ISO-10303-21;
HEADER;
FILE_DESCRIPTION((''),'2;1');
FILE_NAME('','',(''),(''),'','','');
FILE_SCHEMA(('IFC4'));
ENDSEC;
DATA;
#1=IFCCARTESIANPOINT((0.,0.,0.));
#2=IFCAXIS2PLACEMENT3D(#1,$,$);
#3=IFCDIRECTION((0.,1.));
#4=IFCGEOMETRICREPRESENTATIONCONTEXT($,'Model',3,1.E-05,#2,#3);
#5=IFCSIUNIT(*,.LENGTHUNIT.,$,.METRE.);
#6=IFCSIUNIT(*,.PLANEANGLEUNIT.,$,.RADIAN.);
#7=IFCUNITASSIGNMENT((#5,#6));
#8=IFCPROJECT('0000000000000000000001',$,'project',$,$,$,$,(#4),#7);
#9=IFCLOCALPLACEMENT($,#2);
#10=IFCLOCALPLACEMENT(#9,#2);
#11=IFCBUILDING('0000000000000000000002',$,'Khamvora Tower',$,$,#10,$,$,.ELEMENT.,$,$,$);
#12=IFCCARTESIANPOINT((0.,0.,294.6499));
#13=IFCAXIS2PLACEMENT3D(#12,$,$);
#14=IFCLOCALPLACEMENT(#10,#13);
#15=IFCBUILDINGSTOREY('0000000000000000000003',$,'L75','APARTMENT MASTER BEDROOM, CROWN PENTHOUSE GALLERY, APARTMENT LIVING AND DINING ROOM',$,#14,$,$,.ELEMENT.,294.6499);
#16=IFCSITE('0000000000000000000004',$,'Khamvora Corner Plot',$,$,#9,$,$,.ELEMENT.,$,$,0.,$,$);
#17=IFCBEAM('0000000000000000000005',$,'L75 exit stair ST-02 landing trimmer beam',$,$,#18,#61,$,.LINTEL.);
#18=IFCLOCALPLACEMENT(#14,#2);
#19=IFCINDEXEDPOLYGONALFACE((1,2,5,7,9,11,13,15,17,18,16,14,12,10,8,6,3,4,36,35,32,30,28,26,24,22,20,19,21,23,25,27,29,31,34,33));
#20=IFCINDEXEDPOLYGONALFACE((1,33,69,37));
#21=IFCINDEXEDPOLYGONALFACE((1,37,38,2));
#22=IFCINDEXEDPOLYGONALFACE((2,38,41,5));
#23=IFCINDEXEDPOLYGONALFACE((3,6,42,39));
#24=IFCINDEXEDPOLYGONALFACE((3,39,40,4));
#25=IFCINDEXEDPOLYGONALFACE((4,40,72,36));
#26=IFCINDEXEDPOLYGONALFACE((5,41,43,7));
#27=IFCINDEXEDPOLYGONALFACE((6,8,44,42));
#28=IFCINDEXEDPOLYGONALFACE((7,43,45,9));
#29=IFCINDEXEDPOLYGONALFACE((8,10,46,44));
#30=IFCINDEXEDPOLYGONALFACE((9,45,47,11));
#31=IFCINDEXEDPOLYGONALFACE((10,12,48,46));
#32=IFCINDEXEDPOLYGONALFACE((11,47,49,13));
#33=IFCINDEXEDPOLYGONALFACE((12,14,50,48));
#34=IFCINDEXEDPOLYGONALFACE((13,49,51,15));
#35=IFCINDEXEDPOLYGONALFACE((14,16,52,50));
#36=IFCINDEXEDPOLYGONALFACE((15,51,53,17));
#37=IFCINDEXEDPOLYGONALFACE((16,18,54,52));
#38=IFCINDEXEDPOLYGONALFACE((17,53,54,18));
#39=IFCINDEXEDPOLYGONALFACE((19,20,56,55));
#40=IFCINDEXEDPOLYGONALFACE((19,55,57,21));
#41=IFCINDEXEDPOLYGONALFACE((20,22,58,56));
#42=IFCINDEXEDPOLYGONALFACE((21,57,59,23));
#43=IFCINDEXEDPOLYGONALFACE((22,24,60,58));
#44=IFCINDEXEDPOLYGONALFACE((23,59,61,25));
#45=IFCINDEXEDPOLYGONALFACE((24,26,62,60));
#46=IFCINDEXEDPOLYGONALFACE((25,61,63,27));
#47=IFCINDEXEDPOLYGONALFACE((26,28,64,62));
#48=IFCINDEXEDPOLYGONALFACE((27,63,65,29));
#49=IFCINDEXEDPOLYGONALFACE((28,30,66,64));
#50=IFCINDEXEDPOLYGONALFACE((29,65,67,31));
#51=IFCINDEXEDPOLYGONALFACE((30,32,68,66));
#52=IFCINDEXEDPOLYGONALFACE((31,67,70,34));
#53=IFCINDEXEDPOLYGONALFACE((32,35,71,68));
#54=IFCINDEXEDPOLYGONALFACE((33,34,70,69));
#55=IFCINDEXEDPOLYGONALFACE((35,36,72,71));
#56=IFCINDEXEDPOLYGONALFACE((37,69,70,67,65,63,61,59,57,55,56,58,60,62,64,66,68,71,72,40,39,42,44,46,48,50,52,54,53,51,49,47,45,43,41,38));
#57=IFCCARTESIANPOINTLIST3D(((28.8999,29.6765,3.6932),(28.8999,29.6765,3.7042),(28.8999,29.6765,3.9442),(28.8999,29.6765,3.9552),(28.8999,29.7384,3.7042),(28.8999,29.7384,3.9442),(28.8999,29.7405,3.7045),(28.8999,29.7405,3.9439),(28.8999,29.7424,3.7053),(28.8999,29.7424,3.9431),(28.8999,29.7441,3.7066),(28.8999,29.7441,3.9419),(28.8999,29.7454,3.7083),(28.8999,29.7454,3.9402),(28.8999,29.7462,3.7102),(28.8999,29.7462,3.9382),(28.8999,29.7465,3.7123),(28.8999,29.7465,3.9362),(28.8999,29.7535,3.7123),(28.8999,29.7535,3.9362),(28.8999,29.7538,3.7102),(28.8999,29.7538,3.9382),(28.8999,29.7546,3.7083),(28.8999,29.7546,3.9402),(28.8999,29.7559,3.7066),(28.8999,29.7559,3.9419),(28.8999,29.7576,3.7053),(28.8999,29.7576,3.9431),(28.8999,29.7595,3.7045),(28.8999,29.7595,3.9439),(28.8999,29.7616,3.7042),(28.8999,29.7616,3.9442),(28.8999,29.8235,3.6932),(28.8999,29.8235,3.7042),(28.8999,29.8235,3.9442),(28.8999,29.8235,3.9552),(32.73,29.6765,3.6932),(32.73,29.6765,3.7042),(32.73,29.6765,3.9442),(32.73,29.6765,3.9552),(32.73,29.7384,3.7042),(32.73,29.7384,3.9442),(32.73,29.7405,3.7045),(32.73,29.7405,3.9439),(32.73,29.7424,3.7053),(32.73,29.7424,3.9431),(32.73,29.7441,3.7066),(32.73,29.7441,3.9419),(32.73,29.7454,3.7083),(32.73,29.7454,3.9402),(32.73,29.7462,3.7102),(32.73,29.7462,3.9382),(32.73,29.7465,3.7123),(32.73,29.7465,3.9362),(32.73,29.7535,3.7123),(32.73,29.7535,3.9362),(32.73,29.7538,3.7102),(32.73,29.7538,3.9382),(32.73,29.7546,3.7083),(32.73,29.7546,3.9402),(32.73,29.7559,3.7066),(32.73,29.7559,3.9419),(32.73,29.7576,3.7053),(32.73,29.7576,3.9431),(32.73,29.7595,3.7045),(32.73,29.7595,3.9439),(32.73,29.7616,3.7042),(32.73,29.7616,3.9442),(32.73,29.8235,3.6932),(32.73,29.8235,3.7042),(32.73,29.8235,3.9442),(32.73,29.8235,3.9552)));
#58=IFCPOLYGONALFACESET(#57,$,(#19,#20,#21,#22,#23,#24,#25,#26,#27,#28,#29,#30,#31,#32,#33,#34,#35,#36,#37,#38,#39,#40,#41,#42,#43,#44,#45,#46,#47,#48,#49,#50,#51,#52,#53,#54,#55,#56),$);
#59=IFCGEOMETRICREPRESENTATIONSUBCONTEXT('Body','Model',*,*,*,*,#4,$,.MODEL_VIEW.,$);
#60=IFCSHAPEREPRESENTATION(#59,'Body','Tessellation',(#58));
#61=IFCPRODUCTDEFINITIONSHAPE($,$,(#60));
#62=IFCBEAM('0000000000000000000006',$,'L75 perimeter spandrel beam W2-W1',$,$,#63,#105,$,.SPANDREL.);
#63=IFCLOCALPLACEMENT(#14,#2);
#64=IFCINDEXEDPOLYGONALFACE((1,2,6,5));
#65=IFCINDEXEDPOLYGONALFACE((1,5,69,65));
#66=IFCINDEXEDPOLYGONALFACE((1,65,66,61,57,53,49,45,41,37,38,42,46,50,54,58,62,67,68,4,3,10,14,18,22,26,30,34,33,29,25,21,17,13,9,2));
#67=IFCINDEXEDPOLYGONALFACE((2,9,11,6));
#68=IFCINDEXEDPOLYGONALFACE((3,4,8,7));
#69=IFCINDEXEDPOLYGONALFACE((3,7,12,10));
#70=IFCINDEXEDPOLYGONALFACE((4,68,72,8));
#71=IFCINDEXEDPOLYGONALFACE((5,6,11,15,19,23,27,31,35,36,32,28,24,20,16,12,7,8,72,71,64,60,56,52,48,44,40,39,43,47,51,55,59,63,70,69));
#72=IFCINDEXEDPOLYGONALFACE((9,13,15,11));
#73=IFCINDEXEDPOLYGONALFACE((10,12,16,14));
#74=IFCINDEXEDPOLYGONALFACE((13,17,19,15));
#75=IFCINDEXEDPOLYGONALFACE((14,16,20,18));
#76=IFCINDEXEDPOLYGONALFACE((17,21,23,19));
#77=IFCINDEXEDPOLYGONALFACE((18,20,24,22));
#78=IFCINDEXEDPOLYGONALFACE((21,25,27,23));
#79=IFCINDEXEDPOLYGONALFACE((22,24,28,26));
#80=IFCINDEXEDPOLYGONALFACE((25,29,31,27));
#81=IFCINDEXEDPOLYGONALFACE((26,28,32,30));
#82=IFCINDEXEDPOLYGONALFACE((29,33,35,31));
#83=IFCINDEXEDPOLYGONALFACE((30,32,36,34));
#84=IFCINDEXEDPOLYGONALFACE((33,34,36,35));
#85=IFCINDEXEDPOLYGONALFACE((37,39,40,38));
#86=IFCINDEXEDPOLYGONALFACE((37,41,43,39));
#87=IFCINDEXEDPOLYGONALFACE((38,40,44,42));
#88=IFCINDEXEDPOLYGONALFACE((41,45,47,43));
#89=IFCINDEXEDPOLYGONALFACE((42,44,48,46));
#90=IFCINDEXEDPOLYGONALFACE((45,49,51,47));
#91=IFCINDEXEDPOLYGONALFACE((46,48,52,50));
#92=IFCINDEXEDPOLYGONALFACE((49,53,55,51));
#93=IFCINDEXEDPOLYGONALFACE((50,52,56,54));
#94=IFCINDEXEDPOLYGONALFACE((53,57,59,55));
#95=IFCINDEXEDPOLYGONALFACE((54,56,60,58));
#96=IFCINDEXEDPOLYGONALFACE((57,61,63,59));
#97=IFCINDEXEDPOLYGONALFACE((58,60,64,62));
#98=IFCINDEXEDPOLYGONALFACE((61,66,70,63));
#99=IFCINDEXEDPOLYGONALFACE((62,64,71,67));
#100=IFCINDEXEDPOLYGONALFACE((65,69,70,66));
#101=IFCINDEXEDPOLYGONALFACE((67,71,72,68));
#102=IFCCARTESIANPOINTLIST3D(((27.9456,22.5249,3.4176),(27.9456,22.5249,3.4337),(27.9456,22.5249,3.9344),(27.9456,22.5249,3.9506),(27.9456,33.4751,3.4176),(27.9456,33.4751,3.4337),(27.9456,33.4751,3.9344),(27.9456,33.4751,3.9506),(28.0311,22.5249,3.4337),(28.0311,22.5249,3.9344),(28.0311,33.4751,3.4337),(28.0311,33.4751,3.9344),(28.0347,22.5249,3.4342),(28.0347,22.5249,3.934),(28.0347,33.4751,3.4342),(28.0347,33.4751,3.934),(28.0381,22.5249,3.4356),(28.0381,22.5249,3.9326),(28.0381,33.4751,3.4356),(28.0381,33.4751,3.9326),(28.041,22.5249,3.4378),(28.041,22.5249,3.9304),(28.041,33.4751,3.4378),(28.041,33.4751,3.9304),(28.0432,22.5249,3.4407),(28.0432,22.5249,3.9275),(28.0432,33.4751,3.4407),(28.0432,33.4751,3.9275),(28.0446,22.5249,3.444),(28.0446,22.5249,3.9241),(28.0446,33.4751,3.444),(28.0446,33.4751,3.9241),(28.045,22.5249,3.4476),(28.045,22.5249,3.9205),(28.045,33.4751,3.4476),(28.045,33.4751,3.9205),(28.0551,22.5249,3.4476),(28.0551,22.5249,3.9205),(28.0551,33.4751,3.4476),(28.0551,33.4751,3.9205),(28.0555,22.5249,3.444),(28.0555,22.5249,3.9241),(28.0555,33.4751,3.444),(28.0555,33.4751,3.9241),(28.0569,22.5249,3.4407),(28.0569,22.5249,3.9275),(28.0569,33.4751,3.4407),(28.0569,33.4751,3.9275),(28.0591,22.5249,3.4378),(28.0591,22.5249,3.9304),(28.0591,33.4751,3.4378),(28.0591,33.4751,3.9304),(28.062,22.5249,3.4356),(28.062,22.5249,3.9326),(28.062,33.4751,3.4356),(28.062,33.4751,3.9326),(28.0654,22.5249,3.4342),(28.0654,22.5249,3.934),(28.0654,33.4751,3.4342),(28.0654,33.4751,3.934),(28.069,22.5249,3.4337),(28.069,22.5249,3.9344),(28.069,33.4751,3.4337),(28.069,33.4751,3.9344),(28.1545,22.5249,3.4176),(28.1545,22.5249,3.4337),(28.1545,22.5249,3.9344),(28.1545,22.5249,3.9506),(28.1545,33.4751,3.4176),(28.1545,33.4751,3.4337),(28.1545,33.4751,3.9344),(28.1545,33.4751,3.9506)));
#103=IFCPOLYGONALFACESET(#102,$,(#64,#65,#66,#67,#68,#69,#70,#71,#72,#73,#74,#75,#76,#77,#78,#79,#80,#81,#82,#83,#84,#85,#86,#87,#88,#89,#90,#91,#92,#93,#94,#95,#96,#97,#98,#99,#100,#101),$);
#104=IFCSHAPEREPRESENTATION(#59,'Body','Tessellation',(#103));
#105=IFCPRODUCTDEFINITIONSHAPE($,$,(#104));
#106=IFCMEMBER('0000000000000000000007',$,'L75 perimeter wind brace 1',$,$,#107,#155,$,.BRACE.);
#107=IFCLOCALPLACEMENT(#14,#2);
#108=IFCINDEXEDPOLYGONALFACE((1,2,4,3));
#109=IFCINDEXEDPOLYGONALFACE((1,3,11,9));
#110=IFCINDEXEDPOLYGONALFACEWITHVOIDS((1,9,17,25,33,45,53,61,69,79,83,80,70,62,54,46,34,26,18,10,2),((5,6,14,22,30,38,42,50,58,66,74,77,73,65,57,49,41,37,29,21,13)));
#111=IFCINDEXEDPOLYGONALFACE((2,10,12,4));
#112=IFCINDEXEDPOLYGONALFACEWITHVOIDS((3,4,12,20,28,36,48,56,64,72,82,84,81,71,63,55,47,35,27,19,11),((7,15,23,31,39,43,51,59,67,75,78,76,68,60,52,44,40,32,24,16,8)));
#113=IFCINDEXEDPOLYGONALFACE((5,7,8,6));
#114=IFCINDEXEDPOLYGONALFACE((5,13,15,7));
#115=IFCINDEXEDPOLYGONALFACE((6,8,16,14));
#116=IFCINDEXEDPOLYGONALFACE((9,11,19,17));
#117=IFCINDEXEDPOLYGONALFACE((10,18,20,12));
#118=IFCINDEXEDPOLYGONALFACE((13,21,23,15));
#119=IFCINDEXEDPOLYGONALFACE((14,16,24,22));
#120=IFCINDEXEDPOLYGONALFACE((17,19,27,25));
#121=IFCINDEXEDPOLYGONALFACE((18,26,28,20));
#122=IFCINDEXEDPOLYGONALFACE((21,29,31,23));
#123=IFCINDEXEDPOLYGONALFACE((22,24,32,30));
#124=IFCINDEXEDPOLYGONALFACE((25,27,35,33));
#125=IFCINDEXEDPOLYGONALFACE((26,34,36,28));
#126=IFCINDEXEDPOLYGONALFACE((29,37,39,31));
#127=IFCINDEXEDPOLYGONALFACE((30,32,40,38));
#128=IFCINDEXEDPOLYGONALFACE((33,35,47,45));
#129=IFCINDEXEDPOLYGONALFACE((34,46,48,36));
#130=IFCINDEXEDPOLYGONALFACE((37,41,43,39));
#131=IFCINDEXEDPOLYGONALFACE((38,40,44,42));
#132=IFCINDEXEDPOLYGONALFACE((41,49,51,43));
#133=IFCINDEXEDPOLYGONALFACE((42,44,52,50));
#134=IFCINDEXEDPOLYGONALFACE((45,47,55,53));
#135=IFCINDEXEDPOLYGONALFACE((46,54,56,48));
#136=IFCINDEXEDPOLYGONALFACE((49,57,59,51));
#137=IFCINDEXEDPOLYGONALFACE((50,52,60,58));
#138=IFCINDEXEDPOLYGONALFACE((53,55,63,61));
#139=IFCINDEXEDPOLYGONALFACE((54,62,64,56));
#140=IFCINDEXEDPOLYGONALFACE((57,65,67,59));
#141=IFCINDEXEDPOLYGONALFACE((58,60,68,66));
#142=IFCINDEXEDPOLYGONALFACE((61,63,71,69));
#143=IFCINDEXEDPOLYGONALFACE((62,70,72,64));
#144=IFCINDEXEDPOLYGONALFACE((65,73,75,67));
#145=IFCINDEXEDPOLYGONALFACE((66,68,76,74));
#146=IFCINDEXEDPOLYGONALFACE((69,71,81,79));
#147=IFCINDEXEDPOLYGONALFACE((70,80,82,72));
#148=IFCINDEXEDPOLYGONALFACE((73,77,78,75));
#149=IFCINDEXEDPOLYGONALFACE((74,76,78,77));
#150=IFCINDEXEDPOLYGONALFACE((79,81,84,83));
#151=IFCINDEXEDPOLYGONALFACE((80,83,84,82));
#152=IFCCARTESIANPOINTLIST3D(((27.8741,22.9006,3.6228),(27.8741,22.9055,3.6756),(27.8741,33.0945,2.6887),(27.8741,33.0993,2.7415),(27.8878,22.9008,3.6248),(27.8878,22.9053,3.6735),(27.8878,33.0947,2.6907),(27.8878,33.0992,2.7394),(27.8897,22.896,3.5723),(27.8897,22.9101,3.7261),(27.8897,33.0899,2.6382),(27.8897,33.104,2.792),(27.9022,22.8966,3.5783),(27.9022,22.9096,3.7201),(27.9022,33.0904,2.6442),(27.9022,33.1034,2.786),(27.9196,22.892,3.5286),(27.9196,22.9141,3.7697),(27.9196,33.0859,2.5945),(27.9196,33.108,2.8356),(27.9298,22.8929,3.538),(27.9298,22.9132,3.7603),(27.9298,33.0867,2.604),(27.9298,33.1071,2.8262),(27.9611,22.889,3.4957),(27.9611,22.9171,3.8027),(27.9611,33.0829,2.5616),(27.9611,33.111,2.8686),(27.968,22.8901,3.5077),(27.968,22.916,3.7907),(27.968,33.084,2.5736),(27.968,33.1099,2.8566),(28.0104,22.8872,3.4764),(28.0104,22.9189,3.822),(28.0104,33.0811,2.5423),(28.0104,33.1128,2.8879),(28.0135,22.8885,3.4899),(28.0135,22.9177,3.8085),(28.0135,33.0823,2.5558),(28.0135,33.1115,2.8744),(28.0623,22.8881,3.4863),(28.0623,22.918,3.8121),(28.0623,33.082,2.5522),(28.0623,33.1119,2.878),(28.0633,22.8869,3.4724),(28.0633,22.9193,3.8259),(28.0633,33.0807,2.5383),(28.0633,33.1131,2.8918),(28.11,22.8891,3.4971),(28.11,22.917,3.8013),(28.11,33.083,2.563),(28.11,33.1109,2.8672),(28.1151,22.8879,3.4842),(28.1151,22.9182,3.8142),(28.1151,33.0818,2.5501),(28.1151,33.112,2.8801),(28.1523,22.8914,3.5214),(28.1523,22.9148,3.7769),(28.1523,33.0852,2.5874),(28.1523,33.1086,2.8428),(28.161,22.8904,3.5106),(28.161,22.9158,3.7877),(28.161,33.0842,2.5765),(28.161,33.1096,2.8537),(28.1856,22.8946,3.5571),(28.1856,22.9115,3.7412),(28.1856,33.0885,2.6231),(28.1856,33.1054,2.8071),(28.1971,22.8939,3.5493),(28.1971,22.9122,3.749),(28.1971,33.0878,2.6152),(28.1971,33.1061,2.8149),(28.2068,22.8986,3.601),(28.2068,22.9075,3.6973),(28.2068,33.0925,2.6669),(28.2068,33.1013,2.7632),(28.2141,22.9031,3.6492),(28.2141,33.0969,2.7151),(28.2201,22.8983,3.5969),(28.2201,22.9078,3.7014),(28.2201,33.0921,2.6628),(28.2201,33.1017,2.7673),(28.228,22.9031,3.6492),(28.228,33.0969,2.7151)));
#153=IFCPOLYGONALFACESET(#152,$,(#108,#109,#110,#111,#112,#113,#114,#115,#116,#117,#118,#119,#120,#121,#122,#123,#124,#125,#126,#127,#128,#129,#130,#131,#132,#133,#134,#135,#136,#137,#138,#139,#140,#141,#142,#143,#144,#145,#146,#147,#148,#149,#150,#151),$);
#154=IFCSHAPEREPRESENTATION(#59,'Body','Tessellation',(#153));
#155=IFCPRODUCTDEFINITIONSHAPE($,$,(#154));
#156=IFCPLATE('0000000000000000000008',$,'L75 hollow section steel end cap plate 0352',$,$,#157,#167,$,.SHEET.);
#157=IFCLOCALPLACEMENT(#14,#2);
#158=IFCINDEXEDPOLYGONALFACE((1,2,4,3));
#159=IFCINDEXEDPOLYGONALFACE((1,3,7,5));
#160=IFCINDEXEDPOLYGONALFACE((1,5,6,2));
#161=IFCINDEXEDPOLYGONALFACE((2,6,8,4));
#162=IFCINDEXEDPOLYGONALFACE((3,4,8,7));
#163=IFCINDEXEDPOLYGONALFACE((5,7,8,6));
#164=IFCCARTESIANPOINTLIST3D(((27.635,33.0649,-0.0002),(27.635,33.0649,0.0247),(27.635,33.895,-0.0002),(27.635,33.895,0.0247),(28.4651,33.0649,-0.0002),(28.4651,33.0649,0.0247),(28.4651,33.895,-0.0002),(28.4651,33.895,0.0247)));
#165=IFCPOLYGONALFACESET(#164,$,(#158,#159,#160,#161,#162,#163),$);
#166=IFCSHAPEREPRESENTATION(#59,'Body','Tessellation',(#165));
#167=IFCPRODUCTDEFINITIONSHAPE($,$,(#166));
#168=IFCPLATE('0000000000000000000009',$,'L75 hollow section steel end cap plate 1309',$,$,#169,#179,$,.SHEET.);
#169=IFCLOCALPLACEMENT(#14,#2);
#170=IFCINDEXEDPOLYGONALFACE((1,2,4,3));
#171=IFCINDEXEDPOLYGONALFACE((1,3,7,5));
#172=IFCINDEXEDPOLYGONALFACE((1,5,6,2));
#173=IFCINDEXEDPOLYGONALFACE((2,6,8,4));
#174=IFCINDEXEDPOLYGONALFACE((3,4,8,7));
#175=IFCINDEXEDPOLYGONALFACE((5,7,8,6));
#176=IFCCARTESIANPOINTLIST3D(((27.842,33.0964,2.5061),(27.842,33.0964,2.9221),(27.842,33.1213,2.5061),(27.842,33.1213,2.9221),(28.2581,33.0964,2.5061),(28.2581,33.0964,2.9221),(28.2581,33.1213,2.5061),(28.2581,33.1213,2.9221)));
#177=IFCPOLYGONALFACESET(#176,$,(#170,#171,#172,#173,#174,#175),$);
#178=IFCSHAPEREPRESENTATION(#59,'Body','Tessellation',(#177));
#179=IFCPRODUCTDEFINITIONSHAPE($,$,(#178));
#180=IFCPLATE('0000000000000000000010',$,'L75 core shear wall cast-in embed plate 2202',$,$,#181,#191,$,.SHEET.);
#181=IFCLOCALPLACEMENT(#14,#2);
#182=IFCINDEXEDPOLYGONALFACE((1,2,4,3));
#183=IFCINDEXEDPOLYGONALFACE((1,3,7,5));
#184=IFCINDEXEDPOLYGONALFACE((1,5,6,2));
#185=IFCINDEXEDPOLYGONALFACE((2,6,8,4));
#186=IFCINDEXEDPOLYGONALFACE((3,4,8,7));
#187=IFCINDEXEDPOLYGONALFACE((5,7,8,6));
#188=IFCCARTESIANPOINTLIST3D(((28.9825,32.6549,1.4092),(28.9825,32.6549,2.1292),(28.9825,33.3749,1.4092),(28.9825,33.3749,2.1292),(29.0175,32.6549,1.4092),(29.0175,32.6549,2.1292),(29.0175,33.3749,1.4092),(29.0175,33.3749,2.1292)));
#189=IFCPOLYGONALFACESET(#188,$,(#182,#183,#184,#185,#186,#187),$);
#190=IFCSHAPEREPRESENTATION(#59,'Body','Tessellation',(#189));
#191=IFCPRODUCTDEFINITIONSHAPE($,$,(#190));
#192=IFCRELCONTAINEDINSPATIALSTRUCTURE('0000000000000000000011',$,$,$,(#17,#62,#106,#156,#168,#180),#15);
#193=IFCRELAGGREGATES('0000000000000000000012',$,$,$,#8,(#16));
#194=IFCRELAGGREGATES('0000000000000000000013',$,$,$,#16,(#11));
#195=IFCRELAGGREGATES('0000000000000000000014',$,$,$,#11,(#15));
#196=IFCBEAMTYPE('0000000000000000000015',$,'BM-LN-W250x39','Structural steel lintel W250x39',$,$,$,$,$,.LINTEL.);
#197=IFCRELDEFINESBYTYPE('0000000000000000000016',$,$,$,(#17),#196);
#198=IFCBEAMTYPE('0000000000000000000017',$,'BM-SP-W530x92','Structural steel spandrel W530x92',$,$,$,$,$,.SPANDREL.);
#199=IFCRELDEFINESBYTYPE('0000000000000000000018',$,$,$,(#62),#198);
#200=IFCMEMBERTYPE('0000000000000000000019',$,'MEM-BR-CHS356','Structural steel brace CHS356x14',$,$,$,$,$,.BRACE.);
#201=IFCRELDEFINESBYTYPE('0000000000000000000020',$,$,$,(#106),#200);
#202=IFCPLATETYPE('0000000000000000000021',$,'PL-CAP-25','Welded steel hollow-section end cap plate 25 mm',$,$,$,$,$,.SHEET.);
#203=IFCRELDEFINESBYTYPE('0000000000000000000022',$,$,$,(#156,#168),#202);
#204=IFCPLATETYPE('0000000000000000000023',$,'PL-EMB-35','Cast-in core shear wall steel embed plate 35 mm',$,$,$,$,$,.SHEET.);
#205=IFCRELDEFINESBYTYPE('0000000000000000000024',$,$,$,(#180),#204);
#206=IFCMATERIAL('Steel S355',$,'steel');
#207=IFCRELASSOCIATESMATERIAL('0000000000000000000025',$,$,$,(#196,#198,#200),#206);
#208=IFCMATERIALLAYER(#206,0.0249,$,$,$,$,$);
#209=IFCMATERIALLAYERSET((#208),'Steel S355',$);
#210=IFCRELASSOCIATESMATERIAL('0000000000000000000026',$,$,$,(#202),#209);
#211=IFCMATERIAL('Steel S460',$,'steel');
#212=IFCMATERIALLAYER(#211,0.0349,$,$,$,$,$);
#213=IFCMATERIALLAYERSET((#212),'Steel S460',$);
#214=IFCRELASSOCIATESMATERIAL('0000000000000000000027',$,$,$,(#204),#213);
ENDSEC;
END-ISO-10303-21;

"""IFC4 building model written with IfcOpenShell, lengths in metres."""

from ifc_helpers import new_model, si_unit, direction, frame, origin, origin_2d, place, context, subcontext, project, spatial, rectangle, hollow_circle, i_section, extrude, material, layer, layer_set, material_profile, profile_set, type_object, element, save


model = new_model("IFC4")

# Units and contexts
model_context = context("Model", 3, precision=1e-05, world=origin(), true_north=direction((0.0, 1.0)))
body_context = subcontext(model_context, "Body", "Model", "MODEL_VIEW")
ifc_project = project(units=[si_unit("LENGTHUNIT", "METRE"), si_unit("PLANEANGLEUNIT", "RADIAN")], contexts=[model_context])

# Site, building, storey
site_placement = place(None, origin())
site = spatial("IfcSite", under=ifc_project, at=site_placement, Name="Khamvora Corner Plot", CompositionType="ELEMENT", RefElevation=0.0)
building_placement = place(site_placement, origin())
building = spatial("IfcBuilding", under=site, at=building_placement, Name="Khamvora Tower", CompositionType="ELEMENT")
storey_placement = place(building_placement, frame((0.0, 0.0, 294.6499)))
storey = spatial("IfcBuildingStorey", under=building, at=storey_placement, Name="L75", Description="APARTMENT MASTER BEDROOM, CROWN PENTHOUSE GALLERY, APARTMENT LIVING AND DINING ROOM", CompositionType="ELEMENT", Elevation=294.6499)

# Shared definitions
ifc_material_1 = material(Name="Steel S355", Category="steel")

# Beams
ifc_material_profile_1 = material_profile(ifc_material_1, i_section(OverallWidth=0.147, OverallDepth=0.262, WebThickness=0.0071, FlangeThickness=0.011, FilletRadius=0.0081, at=origin_2d()), Name="W250x39")
ifc_profile_set_1 = profile_set([ifc_material_profile_1], Name="Steel S355")
beam_type_1 = type_object("IfcBeamType", Name="BM-LN-W250x39", Description="Structural steel lintel W250x39", PredefinedType="LINTEL", material=ifc_profile_set_1)
beam_1_placement = place(storey_placement, frame((28.8999, 29.75, 3.8242), z_axis=(1.0, 0.0, 0.0), x_axis=(0.0, 1.0, 0.0)))
element("IfcBeam", 1, at=beam_1_placement, inside=storey, type_object=beam_type_1, Name="L75 exit stair ST-02 landing trimmer beam", PredefinedType="LINTEL", context=body_context, shape_type="SweptSolid", body=[
    extrude(i_section(OverallWidth=0.147, OverallDepth=0.262, WebThickness=0.0071, FlangeThickness=0.011, FilletRadius=0.0081, at=origin_2d()), origin(), (0.0, 0.0, 1.0), 3.8301),
])
ifc_material_profile_2 = material_profile(ifc_material_1, i_section(OverallWidth=0.209, OverallDepth=0.533, WebThickness=0.01, FlangeThickness=0.0161, FilletRadius=0.0139, at=origin_2d()), Name="W530x92")
ifc_profile_set_2 = profile_set([ifc_material_profile_2], Name="Steel S355")
beam_type_2 = type_object("IfcBeamType", Name="BM-SP-W530x92", Description="Structural steel spandrel W530x92", PredefinedType="SPANDREL", material=ifc_profile_set_2)
beam_2_placement = place(storey_placement, frame((28.05, 33.4751, 3.6841), z_axis=(0.0, -1.0, 0.0), x_axis=(1.0, 0.0, 0.0)))
element("IfcBeam", 2, at=beam_2_placement, inside=storey, type_object=beam_type_2, Name="L75 perimeter spandrel beam W2-W1", PredefinedType="SPANDREL", context=body_context, shape_type="SweptSolid", body=[
    extrude(i_section(OverallWidth=0.209, OverallDepth=0.533, WebThickness=0.01, FlangeThickness=0.0161, FilletRadius=0.0139, at=origin_2d()), origin(), (0.0, 0.0, 1.0), 10.9502),
])

# Member
ifc_material_profile_3 = material_profile(ifc_material_1, hollow_circle(Radius=0.178, WallThickness=0.0139, at=origin_2d()), Name="CHS356x14")
ifc_profile_set_3 = profile_set([ifc_material_profile_3], Name="Steel S355")
member_type = type_object("IfcMemberType", Name="MEM-BR-CHS356", Description="Structural steel brace CHS356x14", PredefinedType="BRACE", material=ifc_profile_set_3)
member_placement = place(storey_placement, frame((28.05, 33.0969, 2.7151), z_axis=(0.0, -0.995828, 0.09125), x_axis=(1.0, 0.0, 0.0)))
element("IfcMember", 3, at=member_placement, inside=storey, type_object=member_type, Name="L75 perimeter wind brace 1", PredefinedType="BRACE", context=body_context, shape_type="SweptSolid", body=[
    extrude(hollow_circle(Radius=0.178, WallThickness=0.0139, at=origin_2d()), origin(), (0.0, 0.0, 1.0), 10.2366),
])

# Plates
ifc_layer_1 = layer(ifc_material_1, 0.0249)
ifc_layer_set_1 = layer_set([ifc_layer_1], Name="Steel S355")
plate_type_1 = type_object("IfcPlateType", Name="PL-CAP-25", Description="Welded steel hollow-section end cap plate 25 mm", PredefinedType="SHEET", material=ifc_layer_set_1)
plate_1_placement = place(storey_placement, frame((28.05, 33.48, -0.0002), z_axis=(0.0, 0.0, 1.0), x_axis=(1.0, 0.0, 0.0)))
element("IfcPlate", 4, at=plate_1_placement, inside=storey, type_object=plate_type_1, Name="L75 hollow section steel end cap plate 0352", PredefinedType="SHEET", context=body_context, shape_type="SweptSolid", body=[
    extrude(rectangle(XDim=0.8301, YDim=0.8301, at=origin_2d()), origin(), (0.0, 0.0, 1.0), 0.0249),
])
plate_2_placement = place(storey_placement, frame((28.05, 33.1089, 2.5061), z_axis=(0.0, 0.0, 1.0), x_axis=(0.0, -1.0, 0.0)))
element("IfcPlate", 5, at=plate_2_placement, inside=storey, type_object=plate_type_1, Name="L75 hollow section steel end cap plate 1309", PredefinedType="SHEET", context=body_context, shape_type="SweptSolid", body=[
    extrude(rectangle(XDim=0.0249, YDim=0.416, at=origin_2d()), origin(), (0.0, 0.0, 1.0), 0.416),
])
ifc_material_2 = material(Name="Steel S460", Category="steel")
ifc_layer_2 = layer(ifc_material_2, 0.0349)
ifc_layer_set_2 = layer_set([ifc_layer_2], Name="Steel S460")
plate_type_2 = type_object("IfcPlateType", Name="PL-EMB-35", Description="Cast-in core shear wall steel embed plate 35 mm", PredefinedType="SHEET", material=ifc_layer_set_2)
for number, where, z_axis, x_axis, name in (
    (6, (29.0, 33.0149, 1.4092), (0.0, 0.0, 1.0), (1.0, 0.0, 0.0), "L75 core shear wall cast-in embed plate 2202"),
):
    element("IfcPlate", number, at=place(storey_placement, frame(where, z_axis=z_axis, x_axis=x_axis)), inside=storey, type_object=plate_type_2, Name=name, PredefinedType="SHEET", context=body_context, shape_type="SweptSolid", body=[
        extrude(rectangle(XDim=0.0349, YDim=0.72, at=origin_2d()), origin(), (0.0, 0.0, 1.0), 0.72),
    ])

save(model, "model.ifc")
